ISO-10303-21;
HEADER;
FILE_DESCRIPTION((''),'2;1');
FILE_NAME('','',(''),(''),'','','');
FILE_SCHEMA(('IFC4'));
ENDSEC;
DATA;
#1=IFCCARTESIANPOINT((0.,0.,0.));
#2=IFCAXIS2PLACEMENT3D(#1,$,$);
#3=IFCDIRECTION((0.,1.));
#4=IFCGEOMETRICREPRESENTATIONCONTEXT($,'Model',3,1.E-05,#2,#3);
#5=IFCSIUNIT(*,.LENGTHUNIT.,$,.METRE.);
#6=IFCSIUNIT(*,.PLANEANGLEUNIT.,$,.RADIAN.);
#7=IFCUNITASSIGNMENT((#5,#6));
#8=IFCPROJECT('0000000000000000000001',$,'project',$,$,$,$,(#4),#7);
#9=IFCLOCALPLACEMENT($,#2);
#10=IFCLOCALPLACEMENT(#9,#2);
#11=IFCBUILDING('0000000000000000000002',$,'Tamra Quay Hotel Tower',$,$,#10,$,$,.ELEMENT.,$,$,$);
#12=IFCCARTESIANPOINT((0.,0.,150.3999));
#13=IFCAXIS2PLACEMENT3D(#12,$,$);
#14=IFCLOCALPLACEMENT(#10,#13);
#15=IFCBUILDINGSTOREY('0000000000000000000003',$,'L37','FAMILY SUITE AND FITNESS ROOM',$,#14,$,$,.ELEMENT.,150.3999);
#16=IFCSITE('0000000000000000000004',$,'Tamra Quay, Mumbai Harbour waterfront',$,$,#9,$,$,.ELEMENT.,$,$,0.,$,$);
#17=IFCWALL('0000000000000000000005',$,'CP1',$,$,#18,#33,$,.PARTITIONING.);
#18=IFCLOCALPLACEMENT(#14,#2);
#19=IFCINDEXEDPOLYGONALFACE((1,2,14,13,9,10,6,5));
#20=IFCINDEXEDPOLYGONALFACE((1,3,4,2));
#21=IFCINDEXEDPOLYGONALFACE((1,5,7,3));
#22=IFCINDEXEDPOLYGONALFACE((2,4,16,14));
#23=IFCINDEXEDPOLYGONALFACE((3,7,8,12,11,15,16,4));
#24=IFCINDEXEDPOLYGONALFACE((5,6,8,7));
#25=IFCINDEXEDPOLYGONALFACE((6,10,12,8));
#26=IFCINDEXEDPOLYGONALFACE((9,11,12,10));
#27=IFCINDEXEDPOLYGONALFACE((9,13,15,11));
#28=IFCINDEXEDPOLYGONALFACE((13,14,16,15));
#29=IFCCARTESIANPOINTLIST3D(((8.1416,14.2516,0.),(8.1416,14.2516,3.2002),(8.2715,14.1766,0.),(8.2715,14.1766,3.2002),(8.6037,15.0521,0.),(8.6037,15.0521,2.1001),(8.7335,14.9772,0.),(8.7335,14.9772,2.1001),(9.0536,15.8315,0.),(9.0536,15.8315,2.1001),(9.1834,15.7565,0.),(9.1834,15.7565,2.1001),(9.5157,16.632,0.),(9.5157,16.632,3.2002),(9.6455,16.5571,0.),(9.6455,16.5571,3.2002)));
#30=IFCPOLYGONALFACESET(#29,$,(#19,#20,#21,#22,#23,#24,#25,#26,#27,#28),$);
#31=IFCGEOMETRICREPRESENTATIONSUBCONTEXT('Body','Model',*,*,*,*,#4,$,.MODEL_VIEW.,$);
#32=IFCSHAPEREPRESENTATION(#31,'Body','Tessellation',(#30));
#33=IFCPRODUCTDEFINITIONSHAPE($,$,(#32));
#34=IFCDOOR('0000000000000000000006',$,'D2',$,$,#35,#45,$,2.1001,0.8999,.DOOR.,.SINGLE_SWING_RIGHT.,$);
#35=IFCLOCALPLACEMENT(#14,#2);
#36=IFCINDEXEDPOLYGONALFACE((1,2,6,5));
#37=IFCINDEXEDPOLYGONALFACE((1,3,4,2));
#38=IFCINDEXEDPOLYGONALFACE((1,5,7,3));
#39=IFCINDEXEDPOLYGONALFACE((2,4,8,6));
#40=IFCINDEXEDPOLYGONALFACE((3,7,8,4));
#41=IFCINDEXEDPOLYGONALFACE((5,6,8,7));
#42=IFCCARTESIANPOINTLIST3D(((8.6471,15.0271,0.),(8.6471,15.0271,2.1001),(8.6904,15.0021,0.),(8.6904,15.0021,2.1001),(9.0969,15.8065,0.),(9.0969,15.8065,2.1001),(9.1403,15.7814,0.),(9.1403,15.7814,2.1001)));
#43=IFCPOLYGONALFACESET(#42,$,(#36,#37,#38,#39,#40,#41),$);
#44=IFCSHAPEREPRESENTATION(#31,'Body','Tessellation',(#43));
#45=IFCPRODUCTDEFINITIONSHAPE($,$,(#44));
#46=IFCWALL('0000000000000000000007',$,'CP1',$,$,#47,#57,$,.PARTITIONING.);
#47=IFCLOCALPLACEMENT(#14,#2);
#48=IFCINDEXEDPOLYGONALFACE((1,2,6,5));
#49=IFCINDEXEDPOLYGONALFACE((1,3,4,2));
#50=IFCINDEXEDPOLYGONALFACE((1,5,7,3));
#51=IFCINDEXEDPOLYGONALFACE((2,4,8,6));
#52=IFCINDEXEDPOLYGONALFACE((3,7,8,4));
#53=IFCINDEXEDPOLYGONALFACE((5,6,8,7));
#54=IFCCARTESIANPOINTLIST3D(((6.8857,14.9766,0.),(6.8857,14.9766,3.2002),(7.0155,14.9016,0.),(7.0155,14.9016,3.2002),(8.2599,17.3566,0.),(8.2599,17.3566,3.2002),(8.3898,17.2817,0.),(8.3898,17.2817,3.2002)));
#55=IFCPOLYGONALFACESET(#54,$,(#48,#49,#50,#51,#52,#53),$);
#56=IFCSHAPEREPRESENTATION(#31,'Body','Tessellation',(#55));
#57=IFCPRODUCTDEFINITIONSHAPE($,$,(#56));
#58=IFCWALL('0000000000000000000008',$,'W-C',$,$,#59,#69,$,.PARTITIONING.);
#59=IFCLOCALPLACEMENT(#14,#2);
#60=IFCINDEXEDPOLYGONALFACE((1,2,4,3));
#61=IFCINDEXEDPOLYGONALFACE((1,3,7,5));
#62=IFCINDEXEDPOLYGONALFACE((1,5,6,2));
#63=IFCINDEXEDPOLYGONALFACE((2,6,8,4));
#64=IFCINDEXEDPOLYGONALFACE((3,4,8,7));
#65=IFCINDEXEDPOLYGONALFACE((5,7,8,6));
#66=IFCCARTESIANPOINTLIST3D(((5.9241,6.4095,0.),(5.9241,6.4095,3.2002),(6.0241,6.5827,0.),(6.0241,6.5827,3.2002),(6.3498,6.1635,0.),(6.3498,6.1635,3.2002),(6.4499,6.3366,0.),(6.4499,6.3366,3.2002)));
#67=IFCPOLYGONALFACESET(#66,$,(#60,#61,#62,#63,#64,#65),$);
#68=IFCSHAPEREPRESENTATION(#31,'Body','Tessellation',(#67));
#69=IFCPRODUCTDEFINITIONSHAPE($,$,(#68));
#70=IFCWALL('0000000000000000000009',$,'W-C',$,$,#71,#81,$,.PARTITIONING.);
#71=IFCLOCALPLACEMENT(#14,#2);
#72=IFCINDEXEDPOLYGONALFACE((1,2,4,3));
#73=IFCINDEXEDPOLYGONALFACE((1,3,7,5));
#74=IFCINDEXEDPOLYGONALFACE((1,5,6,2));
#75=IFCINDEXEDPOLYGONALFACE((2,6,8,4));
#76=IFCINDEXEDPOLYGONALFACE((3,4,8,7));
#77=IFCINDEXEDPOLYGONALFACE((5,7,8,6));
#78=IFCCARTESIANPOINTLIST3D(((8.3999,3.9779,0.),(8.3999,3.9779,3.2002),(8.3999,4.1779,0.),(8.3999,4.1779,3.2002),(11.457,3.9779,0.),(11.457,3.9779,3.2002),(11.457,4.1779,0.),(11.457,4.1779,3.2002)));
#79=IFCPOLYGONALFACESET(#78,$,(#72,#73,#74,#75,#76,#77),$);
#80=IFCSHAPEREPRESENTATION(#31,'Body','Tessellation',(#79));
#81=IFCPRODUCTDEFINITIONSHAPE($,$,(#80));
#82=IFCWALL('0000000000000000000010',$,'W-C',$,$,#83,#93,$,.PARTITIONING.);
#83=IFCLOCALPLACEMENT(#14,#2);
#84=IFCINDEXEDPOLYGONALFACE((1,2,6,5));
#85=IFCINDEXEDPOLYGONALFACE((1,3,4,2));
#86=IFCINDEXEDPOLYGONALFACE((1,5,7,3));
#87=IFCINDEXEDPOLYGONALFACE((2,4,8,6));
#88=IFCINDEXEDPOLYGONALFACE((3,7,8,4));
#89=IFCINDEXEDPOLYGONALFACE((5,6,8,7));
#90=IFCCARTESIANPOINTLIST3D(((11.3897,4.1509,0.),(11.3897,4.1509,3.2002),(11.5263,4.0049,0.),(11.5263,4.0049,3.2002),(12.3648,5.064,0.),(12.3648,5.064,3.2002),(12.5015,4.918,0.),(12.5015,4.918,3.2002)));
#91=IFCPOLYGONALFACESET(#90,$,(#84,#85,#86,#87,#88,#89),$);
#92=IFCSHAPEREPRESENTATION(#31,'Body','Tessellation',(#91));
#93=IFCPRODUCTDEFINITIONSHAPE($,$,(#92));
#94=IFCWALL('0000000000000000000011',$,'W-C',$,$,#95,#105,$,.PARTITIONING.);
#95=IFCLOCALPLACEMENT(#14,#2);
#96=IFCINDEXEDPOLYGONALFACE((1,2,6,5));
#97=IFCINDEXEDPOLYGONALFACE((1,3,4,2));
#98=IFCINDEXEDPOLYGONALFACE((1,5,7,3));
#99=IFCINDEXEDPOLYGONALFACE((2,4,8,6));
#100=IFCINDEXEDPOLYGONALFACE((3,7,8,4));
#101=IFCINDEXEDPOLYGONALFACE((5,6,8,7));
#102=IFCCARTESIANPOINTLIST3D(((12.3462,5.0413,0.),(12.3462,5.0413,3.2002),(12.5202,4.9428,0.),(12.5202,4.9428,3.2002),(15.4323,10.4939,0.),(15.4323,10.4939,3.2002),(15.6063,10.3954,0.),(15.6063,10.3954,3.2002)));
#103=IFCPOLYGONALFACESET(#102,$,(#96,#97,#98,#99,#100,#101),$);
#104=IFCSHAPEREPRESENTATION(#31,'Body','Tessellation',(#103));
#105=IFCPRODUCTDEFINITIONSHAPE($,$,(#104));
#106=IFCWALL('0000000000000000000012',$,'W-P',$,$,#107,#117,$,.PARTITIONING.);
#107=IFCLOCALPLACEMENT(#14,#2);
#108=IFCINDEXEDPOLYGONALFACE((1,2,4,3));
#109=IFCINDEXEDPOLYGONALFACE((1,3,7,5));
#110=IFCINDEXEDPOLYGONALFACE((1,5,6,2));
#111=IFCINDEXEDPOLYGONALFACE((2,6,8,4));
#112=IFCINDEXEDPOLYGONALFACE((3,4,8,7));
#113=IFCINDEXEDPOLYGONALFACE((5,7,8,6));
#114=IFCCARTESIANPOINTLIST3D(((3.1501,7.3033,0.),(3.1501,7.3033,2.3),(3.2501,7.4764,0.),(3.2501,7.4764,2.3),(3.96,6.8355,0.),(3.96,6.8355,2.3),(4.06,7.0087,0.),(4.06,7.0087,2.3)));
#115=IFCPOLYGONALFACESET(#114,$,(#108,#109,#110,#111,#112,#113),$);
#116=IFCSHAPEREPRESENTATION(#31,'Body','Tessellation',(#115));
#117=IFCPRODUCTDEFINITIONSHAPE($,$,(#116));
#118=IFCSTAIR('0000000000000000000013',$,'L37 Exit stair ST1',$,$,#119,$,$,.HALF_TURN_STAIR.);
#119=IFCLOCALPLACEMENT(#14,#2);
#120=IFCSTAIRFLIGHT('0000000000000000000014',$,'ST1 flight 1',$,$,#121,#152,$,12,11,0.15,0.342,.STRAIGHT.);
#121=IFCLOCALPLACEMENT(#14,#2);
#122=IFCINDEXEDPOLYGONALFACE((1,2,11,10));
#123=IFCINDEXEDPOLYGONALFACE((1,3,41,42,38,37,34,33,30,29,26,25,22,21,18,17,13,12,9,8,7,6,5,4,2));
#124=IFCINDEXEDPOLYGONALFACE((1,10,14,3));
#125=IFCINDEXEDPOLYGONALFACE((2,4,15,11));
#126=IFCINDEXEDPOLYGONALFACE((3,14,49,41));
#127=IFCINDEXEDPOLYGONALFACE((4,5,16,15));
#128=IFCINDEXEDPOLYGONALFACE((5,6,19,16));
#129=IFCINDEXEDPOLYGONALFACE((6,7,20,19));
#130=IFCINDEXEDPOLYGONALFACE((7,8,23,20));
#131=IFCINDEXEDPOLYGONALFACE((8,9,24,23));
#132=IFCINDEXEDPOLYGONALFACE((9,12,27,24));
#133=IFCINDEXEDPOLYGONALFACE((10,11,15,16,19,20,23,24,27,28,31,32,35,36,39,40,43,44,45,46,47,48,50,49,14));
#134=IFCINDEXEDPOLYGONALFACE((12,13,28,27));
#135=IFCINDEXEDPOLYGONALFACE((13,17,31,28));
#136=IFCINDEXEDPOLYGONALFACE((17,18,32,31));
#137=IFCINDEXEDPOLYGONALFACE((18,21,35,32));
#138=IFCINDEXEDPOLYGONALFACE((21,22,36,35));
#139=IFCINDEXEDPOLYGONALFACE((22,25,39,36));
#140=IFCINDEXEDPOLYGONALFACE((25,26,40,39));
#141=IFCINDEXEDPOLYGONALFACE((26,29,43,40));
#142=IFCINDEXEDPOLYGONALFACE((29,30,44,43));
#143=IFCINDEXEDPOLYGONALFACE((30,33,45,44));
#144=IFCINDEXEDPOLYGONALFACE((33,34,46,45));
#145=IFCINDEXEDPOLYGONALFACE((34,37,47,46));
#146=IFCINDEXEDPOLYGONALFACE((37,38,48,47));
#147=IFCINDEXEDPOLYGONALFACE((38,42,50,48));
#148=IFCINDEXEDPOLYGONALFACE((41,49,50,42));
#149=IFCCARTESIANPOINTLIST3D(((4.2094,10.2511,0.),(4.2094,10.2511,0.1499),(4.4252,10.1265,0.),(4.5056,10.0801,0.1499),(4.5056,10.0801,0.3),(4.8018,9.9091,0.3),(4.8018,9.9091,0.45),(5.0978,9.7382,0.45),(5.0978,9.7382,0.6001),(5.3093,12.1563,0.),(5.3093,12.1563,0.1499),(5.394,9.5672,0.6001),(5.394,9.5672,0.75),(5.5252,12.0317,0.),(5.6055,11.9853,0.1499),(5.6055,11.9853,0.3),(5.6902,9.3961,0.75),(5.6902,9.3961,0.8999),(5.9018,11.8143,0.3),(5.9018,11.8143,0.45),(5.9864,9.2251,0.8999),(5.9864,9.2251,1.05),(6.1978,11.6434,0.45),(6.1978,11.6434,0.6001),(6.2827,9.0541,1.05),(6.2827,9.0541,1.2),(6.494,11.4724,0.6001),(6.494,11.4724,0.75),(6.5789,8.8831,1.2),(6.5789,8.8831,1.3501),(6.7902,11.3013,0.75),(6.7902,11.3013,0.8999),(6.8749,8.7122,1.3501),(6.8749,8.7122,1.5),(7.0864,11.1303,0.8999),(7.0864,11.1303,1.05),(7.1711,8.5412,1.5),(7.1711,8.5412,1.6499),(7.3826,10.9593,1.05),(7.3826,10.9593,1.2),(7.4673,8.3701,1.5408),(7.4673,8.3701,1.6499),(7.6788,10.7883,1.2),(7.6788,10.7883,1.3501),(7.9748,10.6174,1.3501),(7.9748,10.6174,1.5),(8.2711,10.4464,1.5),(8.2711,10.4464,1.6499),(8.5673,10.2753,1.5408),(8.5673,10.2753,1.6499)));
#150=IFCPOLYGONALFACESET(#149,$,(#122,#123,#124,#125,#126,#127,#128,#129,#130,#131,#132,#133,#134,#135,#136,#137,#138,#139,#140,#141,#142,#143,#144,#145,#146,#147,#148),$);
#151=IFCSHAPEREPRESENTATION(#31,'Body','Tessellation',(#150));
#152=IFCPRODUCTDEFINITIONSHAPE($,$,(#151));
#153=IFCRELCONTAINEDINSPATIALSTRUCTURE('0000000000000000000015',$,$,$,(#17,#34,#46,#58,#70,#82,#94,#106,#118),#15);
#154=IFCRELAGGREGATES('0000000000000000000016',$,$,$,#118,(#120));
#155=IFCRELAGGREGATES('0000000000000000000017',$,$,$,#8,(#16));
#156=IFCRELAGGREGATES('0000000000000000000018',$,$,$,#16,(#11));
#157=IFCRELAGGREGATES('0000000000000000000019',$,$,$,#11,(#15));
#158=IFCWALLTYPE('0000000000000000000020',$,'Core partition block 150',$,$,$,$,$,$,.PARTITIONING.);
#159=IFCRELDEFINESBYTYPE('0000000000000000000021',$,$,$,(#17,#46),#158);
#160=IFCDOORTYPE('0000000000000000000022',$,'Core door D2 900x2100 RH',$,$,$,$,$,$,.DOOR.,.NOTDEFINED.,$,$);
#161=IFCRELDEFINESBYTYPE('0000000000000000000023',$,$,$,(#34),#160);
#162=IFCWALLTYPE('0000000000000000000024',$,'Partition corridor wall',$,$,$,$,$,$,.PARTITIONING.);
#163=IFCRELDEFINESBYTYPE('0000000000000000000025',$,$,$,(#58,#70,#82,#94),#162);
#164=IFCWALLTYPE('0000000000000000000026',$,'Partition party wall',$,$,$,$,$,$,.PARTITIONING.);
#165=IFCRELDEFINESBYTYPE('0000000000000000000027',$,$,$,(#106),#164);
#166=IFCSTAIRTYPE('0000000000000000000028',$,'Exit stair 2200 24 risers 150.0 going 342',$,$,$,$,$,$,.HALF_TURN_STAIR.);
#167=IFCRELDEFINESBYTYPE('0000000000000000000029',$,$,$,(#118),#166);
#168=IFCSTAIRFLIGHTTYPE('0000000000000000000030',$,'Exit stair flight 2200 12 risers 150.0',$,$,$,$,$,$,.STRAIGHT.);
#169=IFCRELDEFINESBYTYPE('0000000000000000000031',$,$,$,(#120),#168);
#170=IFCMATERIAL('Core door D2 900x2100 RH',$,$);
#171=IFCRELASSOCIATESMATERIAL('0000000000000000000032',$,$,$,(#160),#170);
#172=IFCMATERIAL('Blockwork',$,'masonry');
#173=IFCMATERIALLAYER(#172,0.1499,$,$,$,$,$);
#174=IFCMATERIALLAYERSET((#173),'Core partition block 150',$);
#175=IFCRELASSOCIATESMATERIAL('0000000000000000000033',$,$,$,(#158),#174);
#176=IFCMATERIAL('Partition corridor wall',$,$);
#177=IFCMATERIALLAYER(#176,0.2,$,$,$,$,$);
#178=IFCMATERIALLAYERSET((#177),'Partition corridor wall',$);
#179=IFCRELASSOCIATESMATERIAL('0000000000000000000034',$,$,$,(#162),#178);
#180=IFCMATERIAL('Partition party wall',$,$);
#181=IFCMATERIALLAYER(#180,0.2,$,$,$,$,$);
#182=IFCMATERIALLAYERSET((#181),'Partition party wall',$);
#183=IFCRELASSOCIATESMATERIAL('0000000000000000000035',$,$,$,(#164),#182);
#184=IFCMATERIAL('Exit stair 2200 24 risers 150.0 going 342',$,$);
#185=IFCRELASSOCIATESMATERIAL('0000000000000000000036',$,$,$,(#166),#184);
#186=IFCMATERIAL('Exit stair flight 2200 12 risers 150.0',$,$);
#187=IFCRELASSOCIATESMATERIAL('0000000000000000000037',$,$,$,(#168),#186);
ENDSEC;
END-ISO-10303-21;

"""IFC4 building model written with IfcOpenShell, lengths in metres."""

from ifc_helpers import new_model, si_unit, direction, frame, frame_2d, origin, place, context, subcontext, project, spatial, polyline, rectangle, outline, extrude, material, layer, layer_set, type_object, element, fill, aggregate, save


model = new_model("IFC4")

# Units and contexts
model_context = context("Model", 3, precision=1e-05, world=origin(), true_north=direction((0.0, 1.0)))
body_context = subcontext(model_context, "Body", "Model", "MODEL_VIEW")
ifc_project = project(units=[si_unit("LENGTHUNIT", "METRE"), si_unit("PLANEANGLEUNIT", "RADIAN")], contexts=[model_context])

# Site, building, storey
site_placement = place(None, origin())
site = spatial("IfcSite", under=ifc_project, at=site_placement, Name="Tamra Quay, Mumbai Harbour waterfront", CompositionType="ELEMENT", RefElevation=0.0)
building_placement = place(site_placement, origin())
building = spatial("IfcBuilding", under=site, at=building_placement, Name="Tamra Quay Hotel Tower", CompositionType="ELEMENT")
storey_placement = place(building_placement, frame((0.0, 0.0, 150.3999)))
storey = spatial("IfcBuildingStorey", under=building, at=storey_placement, Name="L37", Description="FAMILY SUITE AND FITNESS ROOM", CompositionType="ELEMENT", Elevation=150.3999)

# Shared definitions
ifc_material_1 = material(Name="Core door D2 900x2100 RH")
door_type_1 = type_object("IfcDoorType", Name="Core door D2 900x2100 RH", OperationType="NOTDEFINED", PredefinedType="DOOR", material=ifc_material_1)

# Wall, opening, door
ifc_material_2 = material(Name="Blockwork", Category="masonry")
ifc_layer_1 = layer(ifc_material_2, 0.1499)
ifc_layer_set_1 = layer_set([ifc_layer_1], Name="Core partition block 150")
wall_type_1 = type_object("IfcWallType", Name="Core partition block 150", PredefinedType="PARTITIONING", material=ifc_layer_set_1)
wall_1_placement = place(storey_placement, frame((8.2065, 14.2141, 0.0), z_axis=(0.0, 0.0, 1.0), x_axis=(0.499922, 0.86607, 0.0)))
wall_1 = element("IfcWall", 1, at=wall_1_placement, inside=storey, type_object=wall_type_1, Name="CP1", PredefinedType="PARTITIONING", context=body_context, shape_type="SweptSolid", body=[
    extrude(rectangle(XDim=2.7485, YDim=0.1499, at=frame_2d((1.3743, 0.0))), origin(), (0.0, 0.0, 1.0), 3.2002),
])
opening_1_placement = place(wall_1_placement, frame((0.9243, 0.0, 0.0)))
opening_1 = element("IfcOpeningElement", 2, at=opening_1_placement, cuts=wall_1, PredefinedType="OPENING", context=body_context, shape_type="SweptSolid", body=[
    extrude(rectangle(XDim=0.8999, YDim=2.1001, at=frame_2d((0.45, 1.05))), frame((0.0, 0.085, 0.0), z_axis=(0.0, -1.0, 0.0), x_axis=(1.0, 0.0, 0.0)), (0.0, 0.0, 1.0), 0.1699),
])
door_1_placement = place(opening_1_placement, origin())
door_1 = element("IfcDoor", 3, at=door_1_placement, inside=storey, type_object=door_type_1, Name="D2", OperationType="SINGLE_SWING_RIGHT", OverallHeight=2.1001, OverallWidth=0.8999, PredefinedType="DOOR", context=body_context, shape_type="SweptSolid", body=[
    extrude(rectangle(XDim=0.8999, YDim=2.1001, at=frame_2d((0.45, 1.05))), frame((0.0, 0.0249, 0.0), z_axis=(0.0, -1.0, 0.0), x_axis=(1.0, 0.0, 0.0)), (0.0, 0.0, 1.0), 0.05),
])
fill(opening_1, door_1)

# Walls
wall_2_placement = place(storey_placement, frame((6.9507, 14.9392, 0.0), z_axis=(0.0, 0.0, 1.0), x_axis=(0.500027, 0.86601, 0.0)))
element("IfcWall", 4, at=wall_2_placement, inside=storey, type_object=wall_type_1, Name="CP1", PredefinedType="PARTITIONING", context=body_context, shape_type="SweptSolid", body=[
    extrude(rectangle(XDim=2.7483, YDim=0.1499, at=frame_2d((1.374, 0.0))), origin(), (0.0, 0.0, 1.0), 3.2002),
])
ifc_material_3 = material(Name="Partition corridor wall")
ifc_layer_2 = layer(ifc_material_3, 0.2)
ifc_layer_set_2 = layer_set([ifc_layer_2], Name="Partition corridor wall")
wall_type_2 = type_object("IfcWallType", Name="Partition corridor wall", PredefinedType="PARTITIONING", material=ifc_layer_set_2)
wall_3_placement = place(storey_placement, frame((5.9741, 6.4961, 0.0), z_axis=(0.0, 0.0, 1.0), x_axis=(0.865789, -0.50041, 0.0)))
element("IfcWall", 5, at=wall_3_placement, inside=storey, type_object=wall_type_2, Name="W-C", PredefinedType="PARTITIONING", context=body_context, shape_type="SweptSolid", body=[
    extrude(rectangle(XDim=0.4917, YDim=0.2, at=frame_2d((0.2458, 0.0))), origin(), (0.0, 0.0, 1.0), 3.2002),
])
wall_4_placement = place(storey_placement, frame((8.3999, 4.0779, 0.0), z_axis=(0.0, 0.0, 1.0), x_axis=(1.0, 0.0, 0.0)))
element("IfcWall", 6, at=wall_4_placement, inside=storey, type_object=wall_type_2, Name="W-C", PredefinedType="PARTITIONING", context=body_context, shape_type="SweptSolid", body=[
    extrude(rectangle(XDim=3.0571, YDim=0.2, at=frame_2d((1.5286, 0.0))), origin(), (0.0, 0.0, 1.0), 3.2002),
])
wall_5_placement = place(storey_placement, frame((11.458, 4.0779, 0.0), z_axis=(0.0, 0.0, 1.0), x_axis=(0.729936, 0.683515, 0.0)))
element("IfcWall", 7, at=wall_5_placement, inside=storey, type_object=wall_type_2, Name="W-C", PredefinedType="PARTITIONING", context=body_context, shape_type="SweptSolid", body=[
    extrude(rectangle(XDim=1.3359, YDim=0.2, at=frame_2d((0.668, 0.0))), origin(), (0.0, 0.0, 1.0), 3.2002),
])
wall_6_placement = place(storey_placement, frame((12.4331, 4.9919, 0.0), z_axis=(0.0, 0.0, 1.0), x_axis=(0.492572, 0.870272, 0.0)))
element("IfcWall", 8, at=wall_6_placement, inside=storey, type_object=wall_type_2, Name="W-C", PredefinedType="PARTITIONING", context=body_context, shape_type="SweptSolid", body=[
    extrude(rectangle(XDim=6.2654, YDim=0.2, at=frame_2d((3.1328, 0.0))), origin(), (0.0, 0.0, 1.0), 3.2002),
])
ifc_material_4 = material(Name="Partition party wall")
ifc_layer_3 = layer(ifc_material_4, 0.2)
ifc_layer_set_3 = layer_set([ifc_layer_3], Name="Partition party wall")
wall_type_3 = type_object("IfcWallType", Name="Partition party wall", PredefinedType="PARTITIONING", material=ifc_layer_set_3)
wall_7_placement = place(storey_placement, frame((3.2, 7.3899, 0.0), z_axis=(0.0, 0.0, 1.0), x_axis=(0.865986, -0.500069, 0.0)))
element("IfcWall", 9, at=wall_7_placement, inside=storey, type_object=wall_type_3, Name="W-P", PredefinedType="PARTITIONING", context=body_context, shape_type="SweptSolid", body=[
    extrude(rectangle(XDim=0.9353, YDim=0.2, at=frame_2d((0.4678, 0.0))), origin(), (0.0, 0.0, 1.0), 2.3),
])

# Stair, stair flight
ifc_material_5 = material(Name="Exit stair 2200 24 risers 150.0 going 342")
stair_type = type_object("IfcStairType", Name="Exit stair 2200 24 risers 150.0 going 342", PredefinedType="HALF_TURN_STAIR", material=ifc_material_5)
stair_placement = place(storey_placement, origin())
stair = element("IfcStair", 10, at=stair_placement, inside=storey, type_object=stair_type, Name="L37 Exit stair ST1", PredefinedType="HALF_TURN_STAIR")
ifc_material_6 = material(Name="Exit stair flight 2200 12 risers 150.0")
stair_flight_type = type_object("IfcStairFlightType", Name="Exit stair flight 2200 12 risers 150.0", PredefinedType="STRAIGHT", material=ifc_material_6)
stair_flight_1_placement = place(storey_placement, frame((4.7593, 11.2036, 0.0), z_axis=(0.0, 0.0, 1.0), x_axis=(0.866025, -0.5, 0.0)))
stair_flight_1 = element("IfcStairFlight", 11, at=stair_flight_1_placement, type_object=stair_flight_type, Name="ST1 flight 1", NumberOfRisers=12, NumberOfTreads=11, PredefinedType="STRAIGHT", RiserHeight=0.15, TreadLength=0.342, context=body_context, shape_type="SweptSolid", body=[
    extrude(outline(polyline([(0.0, 0.0), (0.0, 0.1499), (0.342, 0.1499), (0.342, 0.3), (0.6841, 0.3), (0.6841, 0.45), (1.0259, 0.45), (1.0259, 0.6001), (1.3679, 0.6001), (1.3679, 0.75), (1.71, 0.75), (1.71, 0.8999), (2.052, 0.8999), (2.052, 1.05), (2.394, 1.05), (2.394, 1.2), (2.7361, 1.2), (2.7361, 1.3501), (3.0779, 1.3501), (3.0779, 1.5), (3.4199, 1.5), (3.4199, 1.6499), (3.762, 1.6499), (3.762, 1.8), (3.762, 1.5408), (0.2493, 0.0), (0.0, 0.0)])), frame((0.0, 1.1001, 0.0), z_axis=(0.0, -1.0, 0.0), x_axis=(1.0, 0.0, 0.0)), (0.0, 0.0, 1.0), 2.2),
])
aggregate(stair, [stair_flight_1])

save(model, "model.ifc")
